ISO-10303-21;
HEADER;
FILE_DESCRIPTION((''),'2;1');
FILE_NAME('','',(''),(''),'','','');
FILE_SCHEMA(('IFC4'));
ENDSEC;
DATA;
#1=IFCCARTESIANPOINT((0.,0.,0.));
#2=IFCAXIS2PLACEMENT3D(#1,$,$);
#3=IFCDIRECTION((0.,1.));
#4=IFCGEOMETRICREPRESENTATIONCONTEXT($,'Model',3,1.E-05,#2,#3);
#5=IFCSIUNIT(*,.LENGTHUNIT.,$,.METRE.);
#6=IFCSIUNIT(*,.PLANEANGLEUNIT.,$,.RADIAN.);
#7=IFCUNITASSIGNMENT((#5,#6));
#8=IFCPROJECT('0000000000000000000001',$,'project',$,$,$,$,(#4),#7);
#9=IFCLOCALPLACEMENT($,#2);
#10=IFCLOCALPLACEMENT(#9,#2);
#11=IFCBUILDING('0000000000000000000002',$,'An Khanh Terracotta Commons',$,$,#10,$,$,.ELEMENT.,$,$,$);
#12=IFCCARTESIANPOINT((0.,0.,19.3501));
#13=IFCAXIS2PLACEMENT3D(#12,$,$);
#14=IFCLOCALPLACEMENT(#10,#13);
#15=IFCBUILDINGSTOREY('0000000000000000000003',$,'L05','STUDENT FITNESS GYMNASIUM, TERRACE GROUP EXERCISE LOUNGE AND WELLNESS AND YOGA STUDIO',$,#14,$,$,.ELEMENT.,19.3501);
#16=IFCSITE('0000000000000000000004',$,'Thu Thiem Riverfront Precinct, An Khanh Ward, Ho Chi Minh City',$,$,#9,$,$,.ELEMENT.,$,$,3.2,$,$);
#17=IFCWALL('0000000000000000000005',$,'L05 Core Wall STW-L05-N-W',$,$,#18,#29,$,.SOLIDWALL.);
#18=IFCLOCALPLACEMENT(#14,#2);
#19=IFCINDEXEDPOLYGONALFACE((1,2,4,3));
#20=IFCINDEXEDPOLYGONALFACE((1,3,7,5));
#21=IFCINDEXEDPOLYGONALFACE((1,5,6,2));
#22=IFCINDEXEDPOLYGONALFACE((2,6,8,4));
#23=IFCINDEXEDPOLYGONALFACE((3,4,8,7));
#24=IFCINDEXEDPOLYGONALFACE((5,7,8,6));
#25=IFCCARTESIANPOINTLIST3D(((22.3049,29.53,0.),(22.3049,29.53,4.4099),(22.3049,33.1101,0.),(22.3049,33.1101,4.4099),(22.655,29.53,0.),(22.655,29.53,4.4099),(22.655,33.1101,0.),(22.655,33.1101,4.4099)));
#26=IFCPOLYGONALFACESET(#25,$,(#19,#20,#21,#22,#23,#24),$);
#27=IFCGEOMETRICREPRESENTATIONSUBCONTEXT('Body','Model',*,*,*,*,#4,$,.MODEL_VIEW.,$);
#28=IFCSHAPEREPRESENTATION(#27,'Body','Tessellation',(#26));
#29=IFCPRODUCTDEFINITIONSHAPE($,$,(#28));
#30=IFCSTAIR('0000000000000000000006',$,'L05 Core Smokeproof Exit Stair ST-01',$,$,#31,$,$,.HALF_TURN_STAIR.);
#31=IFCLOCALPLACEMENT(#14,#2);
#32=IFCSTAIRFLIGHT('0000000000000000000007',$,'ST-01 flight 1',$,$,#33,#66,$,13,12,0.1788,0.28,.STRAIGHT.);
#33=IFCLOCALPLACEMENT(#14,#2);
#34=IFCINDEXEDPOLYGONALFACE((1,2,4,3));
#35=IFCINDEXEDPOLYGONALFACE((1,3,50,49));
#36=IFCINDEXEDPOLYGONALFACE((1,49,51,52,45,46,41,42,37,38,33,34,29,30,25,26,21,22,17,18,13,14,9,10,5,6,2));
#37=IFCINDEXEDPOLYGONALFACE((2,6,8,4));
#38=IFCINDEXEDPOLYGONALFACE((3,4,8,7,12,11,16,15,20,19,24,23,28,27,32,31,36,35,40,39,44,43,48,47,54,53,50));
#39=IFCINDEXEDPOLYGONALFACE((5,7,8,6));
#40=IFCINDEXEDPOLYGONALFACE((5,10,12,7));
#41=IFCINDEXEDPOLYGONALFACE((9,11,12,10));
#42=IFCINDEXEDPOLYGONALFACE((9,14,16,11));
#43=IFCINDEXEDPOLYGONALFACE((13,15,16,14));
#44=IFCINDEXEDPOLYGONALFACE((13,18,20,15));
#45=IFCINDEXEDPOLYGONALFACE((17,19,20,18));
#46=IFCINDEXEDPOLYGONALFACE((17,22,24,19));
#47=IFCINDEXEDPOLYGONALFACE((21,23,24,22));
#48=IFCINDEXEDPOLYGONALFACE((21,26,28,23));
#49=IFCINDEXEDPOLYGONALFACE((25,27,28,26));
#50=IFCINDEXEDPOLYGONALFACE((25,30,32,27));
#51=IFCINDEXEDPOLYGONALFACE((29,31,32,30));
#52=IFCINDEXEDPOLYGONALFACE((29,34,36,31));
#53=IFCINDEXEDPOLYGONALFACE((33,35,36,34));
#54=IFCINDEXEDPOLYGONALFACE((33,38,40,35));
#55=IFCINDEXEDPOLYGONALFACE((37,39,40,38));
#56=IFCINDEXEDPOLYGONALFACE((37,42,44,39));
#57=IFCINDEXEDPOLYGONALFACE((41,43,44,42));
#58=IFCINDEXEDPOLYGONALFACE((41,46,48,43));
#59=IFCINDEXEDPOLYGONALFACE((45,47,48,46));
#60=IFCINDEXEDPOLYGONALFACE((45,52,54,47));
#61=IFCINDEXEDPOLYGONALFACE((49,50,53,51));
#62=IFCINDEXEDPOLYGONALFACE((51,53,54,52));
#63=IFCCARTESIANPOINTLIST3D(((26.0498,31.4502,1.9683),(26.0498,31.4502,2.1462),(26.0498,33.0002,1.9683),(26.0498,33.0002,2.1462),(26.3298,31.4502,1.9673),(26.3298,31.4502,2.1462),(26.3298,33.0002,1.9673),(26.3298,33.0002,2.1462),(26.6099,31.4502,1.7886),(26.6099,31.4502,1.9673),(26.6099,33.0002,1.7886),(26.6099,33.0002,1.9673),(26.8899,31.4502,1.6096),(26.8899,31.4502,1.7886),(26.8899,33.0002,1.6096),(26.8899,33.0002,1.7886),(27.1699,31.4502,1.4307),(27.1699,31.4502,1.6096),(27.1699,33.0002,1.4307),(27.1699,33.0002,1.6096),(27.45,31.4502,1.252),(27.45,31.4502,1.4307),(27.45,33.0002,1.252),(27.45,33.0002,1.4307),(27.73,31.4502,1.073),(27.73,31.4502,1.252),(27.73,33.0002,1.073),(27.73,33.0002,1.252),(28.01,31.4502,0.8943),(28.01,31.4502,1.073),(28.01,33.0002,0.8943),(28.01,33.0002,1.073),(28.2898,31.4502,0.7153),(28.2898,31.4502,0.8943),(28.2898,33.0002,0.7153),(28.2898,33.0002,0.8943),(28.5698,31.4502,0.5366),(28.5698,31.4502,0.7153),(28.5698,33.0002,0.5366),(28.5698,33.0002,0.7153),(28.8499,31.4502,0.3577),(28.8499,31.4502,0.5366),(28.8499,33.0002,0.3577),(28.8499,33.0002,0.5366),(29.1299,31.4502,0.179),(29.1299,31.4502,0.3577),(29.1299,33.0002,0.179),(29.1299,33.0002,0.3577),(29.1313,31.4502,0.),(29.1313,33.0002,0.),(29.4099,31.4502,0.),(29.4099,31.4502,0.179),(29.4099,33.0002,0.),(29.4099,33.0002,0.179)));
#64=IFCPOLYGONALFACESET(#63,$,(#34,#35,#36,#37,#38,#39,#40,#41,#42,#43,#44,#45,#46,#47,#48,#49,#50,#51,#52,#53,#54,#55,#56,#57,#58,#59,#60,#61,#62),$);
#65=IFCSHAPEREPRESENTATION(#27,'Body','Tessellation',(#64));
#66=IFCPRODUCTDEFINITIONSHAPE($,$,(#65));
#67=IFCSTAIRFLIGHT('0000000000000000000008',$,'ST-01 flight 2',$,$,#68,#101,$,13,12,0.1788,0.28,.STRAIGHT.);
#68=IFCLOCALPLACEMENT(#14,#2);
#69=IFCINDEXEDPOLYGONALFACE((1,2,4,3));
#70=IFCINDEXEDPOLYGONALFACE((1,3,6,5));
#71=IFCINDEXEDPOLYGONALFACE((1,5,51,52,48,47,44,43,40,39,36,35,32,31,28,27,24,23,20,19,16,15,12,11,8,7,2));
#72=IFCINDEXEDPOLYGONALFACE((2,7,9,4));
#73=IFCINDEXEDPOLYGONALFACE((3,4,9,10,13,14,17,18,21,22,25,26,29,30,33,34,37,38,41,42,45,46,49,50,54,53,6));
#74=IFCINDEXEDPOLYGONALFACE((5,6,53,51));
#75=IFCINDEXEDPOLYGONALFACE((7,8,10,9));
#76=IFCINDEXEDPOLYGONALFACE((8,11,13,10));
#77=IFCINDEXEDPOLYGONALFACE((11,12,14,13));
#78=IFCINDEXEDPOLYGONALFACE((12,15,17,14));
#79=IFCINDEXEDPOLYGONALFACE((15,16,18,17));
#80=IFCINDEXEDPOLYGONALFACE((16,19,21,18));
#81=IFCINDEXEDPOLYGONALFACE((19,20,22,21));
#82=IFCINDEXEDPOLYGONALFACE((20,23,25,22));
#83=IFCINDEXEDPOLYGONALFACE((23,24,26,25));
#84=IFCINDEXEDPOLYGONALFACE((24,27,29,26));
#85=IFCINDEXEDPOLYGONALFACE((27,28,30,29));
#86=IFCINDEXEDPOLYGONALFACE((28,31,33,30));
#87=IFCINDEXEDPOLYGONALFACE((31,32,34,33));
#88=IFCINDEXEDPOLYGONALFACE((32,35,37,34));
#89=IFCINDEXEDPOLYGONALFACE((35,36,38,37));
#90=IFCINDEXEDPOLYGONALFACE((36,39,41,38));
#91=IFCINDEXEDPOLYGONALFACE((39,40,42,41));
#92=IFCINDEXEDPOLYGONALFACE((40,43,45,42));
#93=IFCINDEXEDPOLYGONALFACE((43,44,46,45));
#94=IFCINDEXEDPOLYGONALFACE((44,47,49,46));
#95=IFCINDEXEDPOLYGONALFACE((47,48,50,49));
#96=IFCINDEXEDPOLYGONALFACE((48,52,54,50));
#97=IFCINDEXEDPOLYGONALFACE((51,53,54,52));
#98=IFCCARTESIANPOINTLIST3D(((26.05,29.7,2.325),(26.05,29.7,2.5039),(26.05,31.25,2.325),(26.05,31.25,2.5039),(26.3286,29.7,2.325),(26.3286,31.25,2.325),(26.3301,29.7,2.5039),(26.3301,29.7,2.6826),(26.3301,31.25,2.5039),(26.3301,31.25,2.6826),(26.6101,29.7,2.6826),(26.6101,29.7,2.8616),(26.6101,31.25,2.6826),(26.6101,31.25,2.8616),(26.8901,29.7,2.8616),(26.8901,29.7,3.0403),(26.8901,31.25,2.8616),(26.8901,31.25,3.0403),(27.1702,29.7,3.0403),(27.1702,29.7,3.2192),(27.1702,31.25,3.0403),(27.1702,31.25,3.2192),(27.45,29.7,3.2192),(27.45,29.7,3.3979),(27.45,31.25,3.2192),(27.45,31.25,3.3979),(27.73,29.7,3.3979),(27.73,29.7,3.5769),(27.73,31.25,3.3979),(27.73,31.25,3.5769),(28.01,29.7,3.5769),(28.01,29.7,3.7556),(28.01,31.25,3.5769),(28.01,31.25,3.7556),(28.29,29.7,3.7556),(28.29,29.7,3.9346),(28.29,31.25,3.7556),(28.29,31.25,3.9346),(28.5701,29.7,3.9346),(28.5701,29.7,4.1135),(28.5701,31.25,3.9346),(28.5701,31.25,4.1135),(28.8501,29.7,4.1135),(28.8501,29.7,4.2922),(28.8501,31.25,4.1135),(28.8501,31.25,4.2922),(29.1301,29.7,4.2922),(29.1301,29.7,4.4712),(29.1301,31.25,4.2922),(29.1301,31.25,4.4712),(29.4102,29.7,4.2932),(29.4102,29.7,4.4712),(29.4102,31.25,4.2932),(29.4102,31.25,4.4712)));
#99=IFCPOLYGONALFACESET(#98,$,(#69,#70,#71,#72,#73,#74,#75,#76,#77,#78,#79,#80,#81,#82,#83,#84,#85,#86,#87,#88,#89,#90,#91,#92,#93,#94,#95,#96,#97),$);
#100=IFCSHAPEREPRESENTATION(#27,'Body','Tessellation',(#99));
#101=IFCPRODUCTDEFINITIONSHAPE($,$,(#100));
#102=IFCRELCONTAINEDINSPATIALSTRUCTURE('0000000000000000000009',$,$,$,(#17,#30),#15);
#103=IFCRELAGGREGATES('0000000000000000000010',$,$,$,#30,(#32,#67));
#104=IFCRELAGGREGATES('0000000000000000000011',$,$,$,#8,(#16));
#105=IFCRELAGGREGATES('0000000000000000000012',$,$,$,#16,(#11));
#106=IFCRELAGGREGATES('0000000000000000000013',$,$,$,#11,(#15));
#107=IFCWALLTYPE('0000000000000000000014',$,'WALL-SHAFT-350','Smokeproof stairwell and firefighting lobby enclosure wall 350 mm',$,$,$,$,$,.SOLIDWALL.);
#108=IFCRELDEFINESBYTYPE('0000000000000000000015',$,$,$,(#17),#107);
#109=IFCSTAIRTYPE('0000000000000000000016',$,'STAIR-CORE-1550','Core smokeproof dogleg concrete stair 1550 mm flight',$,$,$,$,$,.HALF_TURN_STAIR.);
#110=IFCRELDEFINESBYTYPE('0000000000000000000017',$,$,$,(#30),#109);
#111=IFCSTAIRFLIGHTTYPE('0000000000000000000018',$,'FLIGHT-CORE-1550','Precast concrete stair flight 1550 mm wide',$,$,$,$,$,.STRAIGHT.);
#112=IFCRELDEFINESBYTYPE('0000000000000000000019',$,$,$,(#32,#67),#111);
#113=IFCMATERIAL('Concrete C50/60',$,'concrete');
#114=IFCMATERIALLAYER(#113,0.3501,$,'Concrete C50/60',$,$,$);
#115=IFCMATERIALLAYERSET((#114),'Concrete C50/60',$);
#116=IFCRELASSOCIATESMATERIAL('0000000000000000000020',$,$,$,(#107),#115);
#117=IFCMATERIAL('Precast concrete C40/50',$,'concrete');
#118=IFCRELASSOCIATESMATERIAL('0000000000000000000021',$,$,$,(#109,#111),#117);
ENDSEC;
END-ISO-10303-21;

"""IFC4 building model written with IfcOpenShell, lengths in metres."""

from ifc_helpers import new_model, si_unit, direction, frame, frame_2d, origin, place, context, subcontext, project, spatial, polyline, rectangle, outline, extrude, material, layer, layer_set, type_object, element, aggregate, save


model = new_model("IFC4")

# Units and contexts
model_context = context("Model", 3, precision=1e-05, world=origin(), true_north=direction((0.0, 1.0)))
body_context = subcontext(model_context, "Body", "Model", "MODEL_VIEW")
ifc_project = project(units=[si_unit("LENGTHUNIT", "METRE"), si_unit("PLANEANGLEUNIT", "RADIAN")], contexts=[model_context])

# Site, building, storey
site_placement = place(None, origin())
site = spatial("IfcSite", under=ifc_project, at=site_placement, Name="Thu Thiem Riverfront Precinct, An Khanh Ward, Ho Chi Minh City", CompositionType="ELEMENT", RefElevation=3.2)
building_placement = place(site_placement, origin())
building = spatial("IfcBuilding", under=site, at=building_placement, Name="An Khanh Terracotta Commons", CompositionType="ELEMENT")
storey_placement = place(building_placement, frame((0.0, 0.0, 19.3501)))
storey = spatial("IfcBuildingStorey", under=building, at=storey_placement, Name="L05", Description="STUDENT FITNESS GYMNASIUM, TERRACE GROUP EXERCISE LOUNGE AND WELLNESS AND YOGA STUDIO", CompositionType="ELEMENT", Elevation=19.3501)

# Shared definitions
ifc_material_1 = material(Name="Concrete C50/60", Category="concrete")

# Wall
ifc_layer_1 = layer(ifc_material_1, 0.3501, Name="Concrete C50/60")
ifc_layer_set_1 = layer_set([ifc_layer_1], Name="Concrete C50/60")
wall_type_1 = type_object("IfcWallType", Name="WALL-SHAFT-350", Description="Smokeproof stairwell and firefighting lobby enclosure wall 350 mm", PredefinedType="SOLIDWALL", material=ifc_layer_set_1)
wall_1_placement = place(storey_placement, frame((22.48, 29.53, 0.0), z_axis=(0.0, 0.0, 1.0), x_axis=(0.0, 1.0, 0.0)))
element("IfcWall", 1, at=wall_1_placement, inside=storey, type_object=wall_type_1, Name="L05 Core Wall STW-L05-N-W", PredefinedType="SOLIDWALL", context=body_context, shape_type="SweptSolid", body=[
    extrude(rectangle(XDim=3.5801, YDim=0.3501, at=frame_2d((1.79, 0.0))), origin(), (0.0, 0.0, 1.0), 4.4099),
])

# Stair, stair flights
ifc_material_2 = material(Name="Precast concrete C40/50", Category="concrete")
stair_type = type_object("IfcStairType", Name="STAIR-CORE-1550", Description="Core smokeproof dogleg concrete stair 1550 mm flight", PredefinedType="HALF_TURN_STAIR", material=ifc_material_2)
stair_placement = place(storey_placement, origin())
stair = element("IfcStair", 2, at=stair_placement, inside=storey, type_object=stair_type, Name="L05 Core Smokeproof Exit Stair ST-01", PredefinedType="HALF_TURN_STAIR")
stair_flight_type = type_object("IfcStairFlightType", Name="FLIGHT-CORE-1550", Description="Precast concrete stair flight 1550 mm wide", PredefinedType="STRAIGHT", material=ifc_material_2)
stair_flight_1_placement = place(storey_placement, frame((29.4099, 32.2251, 0.0), z_axis=(0.0, 0.0, 1.0), x_axis=(-1.0, 0.0, 0.0)))
stair_flight_1 = element("IfcStairFlight", 3, at=stair_flight_1_placement, type_object=stair_flight_type, Name="ST-01 flight 1", NumberOfRisers=13, NumberOfTreads=12, PredefinedType="STRAIGHT", RiserHeight=0.1788, TreadLength=0.28, context=body_context, shape_type="SweptSolid", body=[
    extrude(outline(polyline([(0.0, 0.0), (0.0, 0.179), (0.28, 0.179), (0.28, 0.3577), (0.5601, 0.3577), (0.5601, 0.5366), (0.8401, 0.5366), (0.8401, 0.7153), (1.1201, 0.7153), (1.1201, 0.8943), (1.3999, 0.8943), (1.3999, 1.073), (1.6799, 1.073), (1.6799, 1.252), (1.96, 1.252), (1.96, 1.4307), (2.24, 1.4307), (2.24, 1.6096), (2.52, 1.6096), (2.52, 1.7886), (2.8, 1.7886), (2.8, 1.9673), (3.0801, 1.9673), (3.0801, 2.1462), (3.3601, 2.1462), (3.3601, 2.325), (3.3601, 1.9683), (0.2786, 0.0), (0.0, 0.0)])), frame((0.0, 0.7749, 0.0), z_axis=(0.0, -1.0, 0.0), x_axis=(1.0, 0.0, 0.0)), (0.0, 0.0, 1.0), 1.55),
])
stair_flight_2_placement = place(storey_placement, frame((26.05, 30.4751, 2.325), z_axis=(0.0, 0.0, 1.0), x_axis=(1.0, 0.0, 0.0)))
stair_flight_2 = element("IfcStairFlight", 4, at=stair_flight_2_placement, type_object=stair_flight_type, Name="ST-01 flight 2", NumberOfRisers=13, NumberOfTreads=12, PredefinedType="STRAIGHT", RiserHeight=0.1788, TreadLength=0.28, context=body_context, shape_type="SweptSolid", body=[
    extrude(outline(polyline([(0.0, 0.0), (0.0, 0.179), (0.28, 0.179), (0.28, 0.3577), (0.5601, 0.3577), (0.5601, 0.5366), (0.8401, 0.5366), (0.8401, 0.7153), (1.1201, 0.7153), (1.1201, 0.8943), (1.3999, 0.8943), (1.3999, 1.073), (1.6799, 1.073), (1.6799, 1.252), (1.96, 1.252), (1.96, 1.4307), (2.24, 1.4307), (2.24, 1.6096), (2.52, 1.6096), (2.52, 1.7886), (2.8, 1.7886), (2.8, 1.9673), (3.0801, 1.9673), (3.0801, 2.1462), (3.3601, 2.1462), (3.3601, 2.325), (3.3601, 1.9683), (0.2786, 0.0), (0.0, 0.0)])), frame((0.0, 0.7749, 0.0), z_axis=(0.0, -1.0, 0.0), x_axis=(1.0, 0.0, 0.0)), (0.0, 0.0, 1.0), 1.55),
])
aggregate(stair, [stair_flight_1, stair_flight_2])

save(model, "model.ifc")
